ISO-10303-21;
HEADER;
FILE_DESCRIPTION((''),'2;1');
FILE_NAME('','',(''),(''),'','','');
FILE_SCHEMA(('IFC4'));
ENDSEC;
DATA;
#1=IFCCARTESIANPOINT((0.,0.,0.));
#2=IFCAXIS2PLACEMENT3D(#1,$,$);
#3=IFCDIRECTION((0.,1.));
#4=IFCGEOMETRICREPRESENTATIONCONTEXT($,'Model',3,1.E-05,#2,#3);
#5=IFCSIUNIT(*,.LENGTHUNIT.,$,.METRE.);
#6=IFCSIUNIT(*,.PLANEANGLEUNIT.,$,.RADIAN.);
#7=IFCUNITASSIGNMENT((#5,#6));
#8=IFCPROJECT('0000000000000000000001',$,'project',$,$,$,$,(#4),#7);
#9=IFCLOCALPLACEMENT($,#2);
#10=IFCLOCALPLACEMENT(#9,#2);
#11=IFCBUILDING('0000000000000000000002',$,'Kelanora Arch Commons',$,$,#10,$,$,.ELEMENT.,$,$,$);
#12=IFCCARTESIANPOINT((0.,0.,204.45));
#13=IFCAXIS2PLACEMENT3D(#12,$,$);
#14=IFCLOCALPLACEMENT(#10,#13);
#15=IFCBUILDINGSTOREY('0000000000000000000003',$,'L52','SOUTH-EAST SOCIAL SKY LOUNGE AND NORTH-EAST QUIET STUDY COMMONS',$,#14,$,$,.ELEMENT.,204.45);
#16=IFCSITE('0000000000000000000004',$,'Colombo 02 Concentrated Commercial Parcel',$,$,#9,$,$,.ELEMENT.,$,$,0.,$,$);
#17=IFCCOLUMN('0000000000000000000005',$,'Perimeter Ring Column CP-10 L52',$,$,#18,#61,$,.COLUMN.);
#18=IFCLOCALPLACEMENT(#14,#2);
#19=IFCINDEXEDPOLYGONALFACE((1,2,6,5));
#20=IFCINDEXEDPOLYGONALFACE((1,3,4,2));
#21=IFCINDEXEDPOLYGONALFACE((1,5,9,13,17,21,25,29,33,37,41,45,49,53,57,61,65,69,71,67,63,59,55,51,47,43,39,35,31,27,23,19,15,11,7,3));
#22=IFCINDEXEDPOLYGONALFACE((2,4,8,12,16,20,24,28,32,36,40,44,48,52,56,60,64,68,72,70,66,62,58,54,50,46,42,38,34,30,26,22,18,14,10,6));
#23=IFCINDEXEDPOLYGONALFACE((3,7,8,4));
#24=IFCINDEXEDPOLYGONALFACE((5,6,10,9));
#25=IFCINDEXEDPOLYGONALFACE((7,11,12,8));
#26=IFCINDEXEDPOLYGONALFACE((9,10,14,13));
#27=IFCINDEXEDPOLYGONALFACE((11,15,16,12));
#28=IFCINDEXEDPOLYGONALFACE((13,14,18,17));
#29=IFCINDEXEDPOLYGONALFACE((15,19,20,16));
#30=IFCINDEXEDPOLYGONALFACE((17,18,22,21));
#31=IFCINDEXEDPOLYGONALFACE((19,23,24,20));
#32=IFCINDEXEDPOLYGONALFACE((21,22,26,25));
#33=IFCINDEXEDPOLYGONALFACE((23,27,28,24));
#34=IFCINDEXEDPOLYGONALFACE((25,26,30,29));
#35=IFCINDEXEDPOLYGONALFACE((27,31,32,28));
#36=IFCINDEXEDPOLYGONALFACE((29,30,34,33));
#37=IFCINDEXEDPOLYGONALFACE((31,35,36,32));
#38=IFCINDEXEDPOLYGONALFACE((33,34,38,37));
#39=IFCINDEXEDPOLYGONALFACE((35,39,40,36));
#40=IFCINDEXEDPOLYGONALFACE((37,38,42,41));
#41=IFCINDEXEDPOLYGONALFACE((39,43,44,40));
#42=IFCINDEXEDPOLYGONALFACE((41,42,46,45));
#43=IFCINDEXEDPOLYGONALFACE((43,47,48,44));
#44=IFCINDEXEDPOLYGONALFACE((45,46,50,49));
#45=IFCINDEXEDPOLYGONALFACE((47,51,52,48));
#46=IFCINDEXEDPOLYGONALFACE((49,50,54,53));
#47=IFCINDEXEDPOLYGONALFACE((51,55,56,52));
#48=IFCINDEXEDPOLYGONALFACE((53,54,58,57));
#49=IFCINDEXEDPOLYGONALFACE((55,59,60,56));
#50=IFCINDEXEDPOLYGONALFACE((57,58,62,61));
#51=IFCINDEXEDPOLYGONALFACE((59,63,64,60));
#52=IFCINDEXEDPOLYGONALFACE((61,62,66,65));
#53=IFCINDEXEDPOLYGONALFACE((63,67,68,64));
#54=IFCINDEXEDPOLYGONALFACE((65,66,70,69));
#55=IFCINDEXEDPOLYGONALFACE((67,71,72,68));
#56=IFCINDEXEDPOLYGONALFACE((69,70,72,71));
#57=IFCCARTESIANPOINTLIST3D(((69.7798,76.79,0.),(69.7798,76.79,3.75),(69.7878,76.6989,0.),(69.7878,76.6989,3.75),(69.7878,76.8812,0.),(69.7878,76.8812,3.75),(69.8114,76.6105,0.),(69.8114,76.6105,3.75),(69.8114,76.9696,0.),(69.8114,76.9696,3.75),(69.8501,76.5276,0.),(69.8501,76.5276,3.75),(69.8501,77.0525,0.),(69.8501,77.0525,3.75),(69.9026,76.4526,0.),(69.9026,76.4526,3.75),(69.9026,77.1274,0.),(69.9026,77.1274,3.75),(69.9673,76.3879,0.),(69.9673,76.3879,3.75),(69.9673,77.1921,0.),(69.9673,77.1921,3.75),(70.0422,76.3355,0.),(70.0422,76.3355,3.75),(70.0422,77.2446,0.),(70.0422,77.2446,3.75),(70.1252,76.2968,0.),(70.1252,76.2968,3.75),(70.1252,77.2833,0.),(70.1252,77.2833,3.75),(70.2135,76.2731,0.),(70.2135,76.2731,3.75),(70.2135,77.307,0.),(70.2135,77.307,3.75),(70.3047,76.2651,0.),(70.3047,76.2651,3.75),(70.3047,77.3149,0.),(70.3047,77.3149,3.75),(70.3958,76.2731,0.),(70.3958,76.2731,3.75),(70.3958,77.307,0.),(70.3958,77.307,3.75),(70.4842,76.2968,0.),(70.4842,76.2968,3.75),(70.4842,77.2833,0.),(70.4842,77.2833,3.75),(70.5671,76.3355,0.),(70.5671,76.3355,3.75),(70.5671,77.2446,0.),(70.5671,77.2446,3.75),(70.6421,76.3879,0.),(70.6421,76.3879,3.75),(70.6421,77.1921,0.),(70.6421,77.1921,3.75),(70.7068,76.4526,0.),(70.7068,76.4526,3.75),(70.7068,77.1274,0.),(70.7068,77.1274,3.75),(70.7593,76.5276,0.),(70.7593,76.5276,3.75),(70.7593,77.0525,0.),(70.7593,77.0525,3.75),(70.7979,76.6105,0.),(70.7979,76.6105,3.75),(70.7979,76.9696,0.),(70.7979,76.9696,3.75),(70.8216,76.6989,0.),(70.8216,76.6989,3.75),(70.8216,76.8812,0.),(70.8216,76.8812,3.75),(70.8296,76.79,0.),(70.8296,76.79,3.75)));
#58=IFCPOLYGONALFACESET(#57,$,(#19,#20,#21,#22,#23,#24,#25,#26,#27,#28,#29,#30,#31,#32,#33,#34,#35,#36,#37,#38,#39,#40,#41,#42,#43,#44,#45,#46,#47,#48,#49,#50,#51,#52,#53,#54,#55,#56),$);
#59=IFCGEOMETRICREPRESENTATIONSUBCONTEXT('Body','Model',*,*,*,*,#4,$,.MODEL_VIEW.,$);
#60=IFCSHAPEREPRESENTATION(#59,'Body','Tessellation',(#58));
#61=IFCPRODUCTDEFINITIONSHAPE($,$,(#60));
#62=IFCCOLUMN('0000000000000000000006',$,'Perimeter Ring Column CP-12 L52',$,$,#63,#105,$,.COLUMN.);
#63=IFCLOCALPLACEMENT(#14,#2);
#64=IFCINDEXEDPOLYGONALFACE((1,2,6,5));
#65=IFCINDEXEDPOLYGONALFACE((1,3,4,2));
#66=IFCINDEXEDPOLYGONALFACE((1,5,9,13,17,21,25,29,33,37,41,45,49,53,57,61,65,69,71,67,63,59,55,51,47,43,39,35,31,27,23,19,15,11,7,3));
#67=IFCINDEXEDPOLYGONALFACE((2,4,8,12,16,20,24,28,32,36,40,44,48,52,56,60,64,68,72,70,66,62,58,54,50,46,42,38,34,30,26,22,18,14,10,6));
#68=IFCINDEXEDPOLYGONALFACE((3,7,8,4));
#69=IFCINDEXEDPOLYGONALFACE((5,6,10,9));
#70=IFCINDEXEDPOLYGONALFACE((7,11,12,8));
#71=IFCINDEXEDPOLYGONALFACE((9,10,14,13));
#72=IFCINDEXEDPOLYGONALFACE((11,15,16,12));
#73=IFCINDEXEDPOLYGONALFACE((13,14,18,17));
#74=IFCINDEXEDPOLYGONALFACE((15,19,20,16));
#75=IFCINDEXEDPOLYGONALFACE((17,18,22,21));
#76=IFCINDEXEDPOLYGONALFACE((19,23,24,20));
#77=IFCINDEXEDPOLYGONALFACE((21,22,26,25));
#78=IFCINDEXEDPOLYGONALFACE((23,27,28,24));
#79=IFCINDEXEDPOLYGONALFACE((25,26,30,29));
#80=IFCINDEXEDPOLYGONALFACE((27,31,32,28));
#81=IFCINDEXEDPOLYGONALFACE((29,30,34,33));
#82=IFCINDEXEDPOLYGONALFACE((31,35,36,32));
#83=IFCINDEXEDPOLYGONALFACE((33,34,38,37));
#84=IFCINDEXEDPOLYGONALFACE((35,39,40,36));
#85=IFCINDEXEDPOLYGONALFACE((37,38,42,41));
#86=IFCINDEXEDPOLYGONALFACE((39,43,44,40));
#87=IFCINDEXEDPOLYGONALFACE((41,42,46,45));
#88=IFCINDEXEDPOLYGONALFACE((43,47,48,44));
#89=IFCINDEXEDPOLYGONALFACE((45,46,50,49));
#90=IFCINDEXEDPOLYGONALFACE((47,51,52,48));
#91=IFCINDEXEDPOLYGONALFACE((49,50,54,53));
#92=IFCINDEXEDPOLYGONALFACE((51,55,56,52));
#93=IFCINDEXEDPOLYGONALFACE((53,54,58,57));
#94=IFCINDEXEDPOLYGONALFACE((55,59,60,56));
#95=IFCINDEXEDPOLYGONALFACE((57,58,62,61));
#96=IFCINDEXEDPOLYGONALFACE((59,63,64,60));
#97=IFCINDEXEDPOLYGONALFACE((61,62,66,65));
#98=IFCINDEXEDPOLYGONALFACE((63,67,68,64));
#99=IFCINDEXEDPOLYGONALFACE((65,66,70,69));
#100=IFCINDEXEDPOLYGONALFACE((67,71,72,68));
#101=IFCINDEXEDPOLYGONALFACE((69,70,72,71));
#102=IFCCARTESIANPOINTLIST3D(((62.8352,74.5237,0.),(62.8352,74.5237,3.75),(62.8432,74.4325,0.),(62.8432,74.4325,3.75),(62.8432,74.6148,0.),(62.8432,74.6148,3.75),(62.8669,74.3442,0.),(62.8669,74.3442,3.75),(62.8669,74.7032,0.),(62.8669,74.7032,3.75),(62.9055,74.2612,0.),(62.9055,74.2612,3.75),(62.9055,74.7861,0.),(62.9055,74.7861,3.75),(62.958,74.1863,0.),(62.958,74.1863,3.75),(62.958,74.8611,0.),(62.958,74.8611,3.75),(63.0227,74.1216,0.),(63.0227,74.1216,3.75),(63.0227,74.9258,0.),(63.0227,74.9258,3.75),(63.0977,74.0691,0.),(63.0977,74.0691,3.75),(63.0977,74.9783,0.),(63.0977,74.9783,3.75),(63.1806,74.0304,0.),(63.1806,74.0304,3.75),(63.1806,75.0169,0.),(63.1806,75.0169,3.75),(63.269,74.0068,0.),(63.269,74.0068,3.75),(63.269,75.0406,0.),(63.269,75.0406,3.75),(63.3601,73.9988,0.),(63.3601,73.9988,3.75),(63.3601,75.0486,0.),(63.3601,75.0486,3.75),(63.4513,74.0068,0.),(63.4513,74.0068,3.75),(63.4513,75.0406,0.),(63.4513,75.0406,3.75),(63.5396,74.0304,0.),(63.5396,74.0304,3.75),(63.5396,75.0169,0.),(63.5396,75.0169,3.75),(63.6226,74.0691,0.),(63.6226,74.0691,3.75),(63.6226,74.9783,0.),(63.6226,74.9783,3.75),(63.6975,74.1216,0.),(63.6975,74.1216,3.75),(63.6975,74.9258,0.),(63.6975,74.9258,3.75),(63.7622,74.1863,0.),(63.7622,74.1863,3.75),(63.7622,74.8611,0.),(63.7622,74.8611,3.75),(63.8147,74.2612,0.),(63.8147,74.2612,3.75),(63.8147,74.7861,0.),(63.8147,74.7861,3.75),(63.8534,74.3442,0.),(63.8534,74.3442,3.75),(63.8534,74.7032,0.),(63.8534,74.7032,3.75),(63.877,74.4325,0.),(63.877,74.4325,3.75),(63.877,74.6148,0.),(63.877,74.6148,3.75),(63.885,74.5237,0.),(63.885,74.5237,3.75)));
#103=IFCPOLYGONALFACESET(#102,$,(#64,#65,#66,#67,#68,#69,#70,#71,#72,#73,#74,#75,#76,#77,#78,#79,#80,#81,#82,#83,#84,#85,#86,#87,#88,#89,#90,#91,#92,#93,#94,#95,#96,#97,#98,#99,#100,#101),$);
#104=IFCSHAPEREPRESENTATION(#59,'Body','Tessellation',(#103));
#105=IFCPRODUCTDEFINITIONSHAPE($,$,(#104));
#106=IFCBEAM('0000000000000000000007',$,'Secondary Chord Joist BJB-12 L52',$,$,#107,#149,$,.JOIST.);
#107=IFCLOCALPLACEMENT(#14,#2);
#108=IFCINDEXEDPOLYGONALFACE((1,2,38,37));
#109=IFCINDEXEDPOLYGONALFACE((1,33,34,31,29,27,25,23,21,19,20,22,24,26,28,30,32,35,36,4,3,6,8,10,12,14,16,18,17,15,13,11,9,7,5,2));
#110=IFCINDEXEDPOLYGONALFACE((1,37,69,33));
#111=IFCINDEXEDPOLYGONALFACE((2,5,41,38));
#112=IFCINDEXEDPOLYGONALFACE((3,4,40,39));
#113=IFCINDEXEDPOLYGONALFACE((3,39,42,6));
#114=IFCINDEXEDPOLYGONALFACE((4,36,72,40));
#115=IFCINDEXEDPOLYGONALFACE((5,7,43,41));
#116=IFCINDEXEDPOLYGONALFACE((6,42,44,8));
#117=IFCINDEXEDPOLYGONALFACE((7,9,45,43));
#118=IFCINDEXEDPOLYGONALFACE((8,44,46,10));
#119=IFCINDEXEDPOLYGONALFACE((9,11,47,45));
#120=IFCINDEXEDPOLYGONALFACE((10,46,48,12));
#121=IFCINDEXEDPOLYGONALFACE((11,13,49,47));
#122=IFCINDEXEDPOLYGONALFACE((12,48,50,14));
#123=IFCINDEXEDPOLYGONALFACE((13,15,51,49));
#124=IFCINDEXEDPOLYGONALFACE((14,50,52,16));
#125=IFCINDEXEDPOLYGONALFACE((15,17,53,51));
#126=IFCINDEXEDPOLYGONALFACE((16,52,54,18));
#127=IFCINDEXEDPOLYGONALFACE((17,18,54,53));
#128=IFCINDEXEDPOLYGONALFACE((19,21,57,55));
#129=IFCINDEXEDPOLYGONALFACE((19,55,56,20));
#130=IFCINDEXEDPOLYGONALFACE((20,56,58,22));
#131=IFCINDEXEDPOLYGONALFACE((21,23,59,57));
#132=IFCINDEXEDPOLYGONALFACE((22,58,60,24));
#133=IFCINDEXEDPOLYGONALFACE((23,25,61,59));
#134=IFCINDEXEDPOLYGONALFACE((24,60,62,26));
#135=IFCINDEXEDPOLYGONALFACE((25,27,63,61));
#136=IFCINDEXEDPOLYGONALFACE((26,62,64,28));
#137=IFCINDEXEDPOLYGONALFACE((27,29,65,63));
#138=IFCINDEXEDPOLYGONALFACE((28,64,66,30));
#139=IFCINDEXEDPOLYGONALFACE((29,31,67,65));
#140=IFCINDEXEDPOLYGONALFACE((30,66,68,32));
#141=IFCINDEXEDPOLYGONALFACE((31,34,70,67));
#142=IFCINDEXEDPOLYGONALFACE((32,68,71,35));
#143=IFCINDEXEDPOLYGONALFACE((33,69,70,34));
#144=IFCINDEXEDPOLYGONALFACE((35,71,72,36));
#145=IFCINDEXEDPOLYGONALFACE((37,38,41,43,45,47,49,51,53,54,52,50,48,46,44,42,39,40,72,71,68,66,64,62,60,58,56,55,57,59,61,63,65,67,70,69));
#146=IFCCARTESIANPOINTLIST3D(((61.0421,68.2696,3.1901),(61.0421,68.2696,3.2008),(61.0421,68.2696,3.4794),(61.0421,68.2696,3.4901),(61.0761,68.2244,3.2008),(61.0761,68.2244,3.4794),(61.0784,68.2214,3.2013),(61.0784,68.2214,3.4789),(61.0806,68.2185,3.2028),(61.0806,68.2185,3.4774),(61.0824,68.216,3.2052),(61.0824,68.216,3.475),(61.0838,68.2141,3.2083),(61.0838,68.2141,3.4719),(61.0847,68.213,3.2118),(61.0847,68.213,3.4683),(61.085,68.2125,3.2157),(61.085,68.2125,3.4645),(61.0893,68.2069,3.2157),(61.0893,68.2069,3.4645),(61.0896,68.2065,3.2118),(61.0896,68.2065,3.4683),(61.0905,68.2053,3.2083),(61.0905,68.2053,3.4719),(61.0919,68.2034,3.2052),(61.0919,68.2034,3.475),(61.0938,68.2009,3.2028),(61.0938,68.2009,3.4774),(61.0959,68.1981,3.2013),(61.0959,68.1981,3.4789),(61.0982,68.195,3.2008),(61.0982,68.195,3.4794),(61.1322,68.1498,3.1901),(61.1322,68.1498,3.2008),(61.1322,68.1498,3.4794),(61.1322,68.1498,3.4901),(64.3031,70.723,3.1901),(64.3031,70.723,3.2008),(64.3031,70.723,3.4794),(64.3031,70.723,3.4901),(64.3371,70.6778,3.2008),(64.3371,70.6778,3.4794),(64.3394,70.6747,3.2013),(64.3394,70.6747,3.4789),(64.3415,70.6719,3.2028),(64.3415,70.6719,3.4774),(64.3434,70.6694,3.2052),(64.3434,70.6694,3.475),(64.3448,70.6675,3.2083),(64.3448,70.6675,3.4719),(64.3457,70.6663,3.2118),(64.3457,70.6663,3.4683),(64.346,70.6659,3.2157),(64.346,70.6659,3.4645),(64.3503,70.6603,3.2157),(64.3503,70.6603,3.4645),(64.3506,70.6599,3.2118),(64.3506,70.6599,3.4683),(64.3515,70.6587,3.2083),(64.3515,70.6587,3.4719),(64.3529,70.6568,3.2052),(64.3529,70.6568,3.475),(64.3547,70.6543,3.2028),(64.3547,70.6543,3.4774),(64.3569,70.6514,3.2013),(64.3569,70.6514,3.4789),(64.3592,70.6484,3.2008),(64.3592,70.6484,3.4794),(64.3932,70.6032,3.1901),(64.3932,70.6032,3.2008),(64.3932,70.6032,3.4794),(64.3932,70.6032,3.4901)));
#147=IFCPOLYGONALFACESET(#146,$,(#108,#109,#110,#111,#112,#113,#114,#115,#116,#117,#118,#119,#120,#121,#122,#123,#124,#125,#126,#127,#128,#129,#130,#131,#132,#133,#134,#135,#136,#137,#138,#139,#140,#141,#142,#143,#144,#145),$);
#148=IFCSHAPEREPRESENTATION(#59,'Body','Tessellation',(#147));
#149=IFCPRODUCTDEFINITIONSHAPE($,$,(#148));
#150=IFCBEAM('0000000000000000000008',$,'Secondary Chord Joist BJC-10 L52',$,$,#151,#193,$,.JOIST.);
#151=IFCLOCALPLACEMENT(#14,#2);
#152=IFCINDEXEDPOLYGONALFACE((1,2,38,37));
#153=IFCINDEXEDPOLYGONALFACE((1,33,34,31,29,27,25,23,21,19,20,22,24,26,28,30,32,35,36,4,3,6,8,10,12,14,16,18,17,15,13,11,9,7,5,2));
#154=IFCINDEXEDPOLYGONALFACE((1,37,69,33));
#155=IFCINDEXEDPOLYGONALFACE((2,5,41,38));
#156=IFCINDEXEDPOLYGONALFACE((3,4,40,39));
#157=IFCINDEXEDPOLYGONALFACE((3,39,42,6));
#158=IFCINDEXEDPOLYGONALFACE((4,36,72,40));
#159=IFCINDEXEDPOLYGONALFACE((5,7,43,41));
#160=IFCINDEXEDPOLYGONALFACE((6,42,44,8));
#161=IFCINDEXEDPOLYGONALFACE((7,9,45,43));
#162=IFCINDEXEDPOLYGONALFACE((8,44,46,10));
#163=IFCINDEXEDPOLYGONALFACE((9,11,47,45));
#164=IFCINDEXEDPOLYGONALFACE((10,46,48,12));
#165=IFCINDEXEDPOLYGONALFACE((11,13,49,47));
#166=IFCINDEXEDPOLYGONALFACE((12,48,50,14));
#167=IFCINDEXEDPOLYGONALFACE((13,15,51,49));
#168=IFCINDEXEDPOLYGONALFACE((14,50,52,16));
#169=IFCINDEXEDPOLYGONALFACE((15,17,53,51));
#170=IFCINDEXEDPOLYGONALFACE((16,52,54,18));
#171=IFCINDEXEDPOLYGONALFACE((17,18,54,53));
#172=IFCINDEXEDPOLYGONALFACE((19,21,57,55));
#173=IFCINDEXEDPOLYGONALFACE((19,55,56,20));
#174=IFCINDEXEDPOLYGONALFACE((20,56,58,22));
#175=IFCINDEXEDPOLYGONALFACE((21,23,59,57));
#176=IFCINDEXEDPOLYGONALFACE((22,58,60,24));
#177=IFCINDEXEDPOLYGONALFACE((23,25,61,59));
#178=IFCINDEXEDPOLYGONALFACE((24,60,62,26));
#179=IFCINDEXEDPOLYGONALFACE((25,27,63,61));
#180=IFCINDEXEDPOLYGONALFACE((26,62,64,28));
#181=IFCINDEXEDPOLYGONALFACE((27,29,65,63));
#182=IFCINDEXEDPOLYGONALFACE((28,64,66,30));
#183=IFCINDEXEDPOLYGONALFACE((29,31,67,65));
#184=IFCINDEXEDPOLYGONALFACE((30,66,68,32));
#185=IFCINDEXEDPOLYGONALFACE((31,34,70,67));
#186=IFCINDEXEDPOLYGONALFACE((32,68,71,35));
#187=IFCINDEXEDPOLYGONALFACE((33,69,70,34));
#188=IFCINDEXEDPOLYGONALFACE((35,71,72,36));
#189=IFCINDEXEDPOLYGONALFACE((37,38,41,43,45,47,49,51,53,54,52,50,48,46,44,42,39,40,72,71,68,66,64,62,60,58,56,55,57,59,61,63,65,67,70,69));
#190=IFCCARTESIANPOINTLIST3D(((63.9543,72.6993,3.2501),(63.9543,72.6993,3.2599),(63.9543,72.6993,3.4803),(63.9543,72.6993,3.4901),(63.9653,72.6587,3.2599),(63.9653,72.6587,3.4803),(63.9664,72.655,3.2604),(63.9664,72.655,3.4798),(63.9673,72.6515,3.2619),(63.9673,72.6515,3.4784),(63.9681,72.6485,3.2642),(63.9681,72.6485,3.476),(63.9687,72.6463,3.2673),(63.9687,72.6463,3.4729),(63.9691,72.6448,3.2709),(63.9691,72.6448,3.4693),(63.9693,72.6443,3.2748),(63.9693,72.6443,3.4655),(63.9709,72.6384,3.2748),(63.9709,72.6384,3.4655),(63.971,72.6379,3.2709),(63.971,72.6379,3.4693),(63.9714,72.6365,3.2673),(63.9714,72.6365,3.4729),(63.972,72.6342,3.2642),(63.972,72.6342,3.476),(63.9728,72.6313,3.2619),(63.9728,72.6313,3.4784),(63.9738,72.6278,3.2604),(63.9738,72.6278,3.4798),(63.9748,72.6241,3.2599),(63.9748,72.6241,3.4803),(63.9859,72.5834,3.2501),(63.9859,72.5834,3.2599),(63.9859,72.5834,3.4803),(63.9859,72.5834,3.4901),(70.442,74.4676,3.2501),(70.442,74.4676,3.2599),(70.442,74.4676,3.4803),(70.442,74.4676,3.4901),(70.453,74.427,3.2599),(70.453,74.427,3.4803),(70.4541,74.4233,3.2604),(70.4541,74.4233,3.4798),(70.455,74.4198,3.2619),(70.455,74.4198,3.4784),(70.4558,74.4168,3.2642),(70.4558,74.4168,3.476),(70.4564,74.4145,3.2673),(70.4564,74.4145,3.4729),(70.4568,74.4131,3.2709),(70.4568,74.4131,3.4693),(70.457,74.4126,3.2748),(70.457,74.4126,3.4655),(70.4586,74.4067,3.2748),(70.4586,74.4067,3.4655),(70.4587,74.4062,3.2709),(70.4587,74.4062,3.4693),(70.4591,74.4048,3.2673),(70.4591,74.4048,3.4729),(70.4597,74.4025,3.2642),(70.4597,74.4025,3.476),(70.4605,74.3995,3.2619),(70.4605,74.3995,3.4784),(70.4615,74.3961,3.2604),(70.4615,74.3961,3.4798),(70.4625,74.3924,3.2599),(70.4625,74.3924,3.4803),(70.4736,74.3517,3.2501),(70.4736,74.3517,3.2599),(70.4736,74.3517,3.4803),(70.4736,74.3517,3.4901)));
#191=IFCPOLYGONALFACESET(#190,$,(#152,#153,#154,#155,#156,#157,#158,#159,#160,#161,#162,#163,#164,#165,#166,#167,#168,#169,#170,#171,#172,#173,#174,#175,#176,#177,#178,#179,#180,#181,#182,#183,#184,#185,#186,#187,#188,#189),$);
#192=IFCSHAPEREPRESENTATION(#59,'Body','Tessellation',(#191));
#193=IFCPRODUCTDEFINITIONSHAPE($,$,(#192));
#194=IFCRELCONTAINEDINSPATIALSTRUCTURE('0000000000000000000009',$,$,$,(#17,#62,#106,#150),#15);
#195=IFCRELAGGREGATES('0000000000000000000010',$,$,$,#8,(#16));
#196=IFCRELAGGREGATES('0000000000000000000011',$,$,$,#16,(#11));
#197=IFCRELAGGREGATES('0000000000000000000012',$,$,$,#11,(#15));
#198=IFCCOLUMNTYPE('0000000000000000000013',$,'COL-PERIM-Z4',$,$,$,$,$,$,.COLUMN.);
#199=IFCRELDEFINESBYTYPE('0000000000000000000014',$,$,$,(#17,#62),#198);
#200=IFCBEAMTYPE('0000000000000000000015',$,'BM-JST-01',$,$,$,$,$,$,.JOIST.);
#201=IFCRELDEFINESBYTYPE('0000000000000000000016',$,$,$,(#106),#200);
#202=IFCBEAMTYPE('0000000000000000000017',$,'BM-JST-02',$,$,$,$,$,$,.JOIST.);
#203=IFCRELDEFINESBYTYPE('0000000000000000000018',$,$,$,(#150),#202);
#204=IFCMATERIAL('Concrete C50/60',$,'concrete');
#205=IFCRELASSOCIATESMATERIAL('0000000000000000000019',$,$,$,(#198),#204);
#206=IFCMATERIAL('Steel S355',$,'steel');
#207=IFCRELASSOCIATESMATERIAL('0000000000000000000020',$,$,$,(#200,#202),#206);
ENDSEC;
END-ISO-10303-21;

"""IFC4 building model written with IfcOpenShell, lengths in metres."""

from ifc_helpers import new_model, si_unit, direction, frame, origin, origin_2d, place, context, subcontext, project, spatial, circle, i_section, extrude, material, material_profile, profile_set, type_object, element, save


model = new_model("IFC4")

# Units and contexts
model_context = context("Model", 3, precision=1e-05, world=origin(), true_north=direction((0.0, 1.0)))
body_context = subcontext(model_context, "Body", "Model", "MODEL_VIEW")
ifc_project = project(units=[si_unit("LENGTHUNIT", "METRE"), si_unit("PLANEANGLEUNIT", "RADIAN")], contexts=[model_context])

# Site, building, storey
site_placement = place(None, origin())
site = spatial("IfcSite", under=ifc_project, at=site_placement, Name="Colombo 02 Concentrated Commercial Parcel", CompositionType="ELEMENT", RefElevation=0.0)
building_placement = place(site_placement, origin())
building = spatial("IfcBuilding", under=site, at=building_placement, Name="Kelanora Arch Commons", CompositionType="ELEMENT")
storey_placement = place(building_placement, frame((0.0, 0.0, 204.45)))
storey = spatial("IfcBuildingStorey", under=building, at=storey_placement, Name="L52", Description="SOUTH-EAST SOCIAL SKY LOUNGE AND NORTH-EAST QUIET STUDY COMMONS", CompositionType="ELEMENT", Elevation=204.45)

# Columns
ifc_material_1 = material(Name="Concrete C50/60", Category="concrete")
ifc_material_profile_1 = material_profile(ifc_material_1, circle(Radius=0.5249, at=origin_2d()), Name="RCC1050")
ifc_profile_set_1 = profile_set([ifc_material_profile_1], Name="Concrete C50/60")
column_type = type_object("IfcColumnType", Name="COL-PERIM-Z4", PredefinedType="COLUMN", material=ifc_profile_set_1)
for number, where, z_axis, x_axis, name in (
    (1, (70.3047, 76.79, 0.0), (0.0, 0.0, 1.0), (1.0, 0.0, 0.0), "Perimeter Ring Column CP-10 L52"),
    (2, (63.3601, 74.5237, 0.0), (0.0, 0.0, 1.0), (1.0, 0.0, 0.0), "Perimeter Ring Column CP-12 L52"),
):
    element("IfcColumn", number, at=place(storey_placement, frame(where, z_axis=z_axis, x_axis=x_axis)), inside=storey, type_object=column_type, Name=name, PredefinedType="COLUMN", context=body_context, shape_type="SweptSolid", body=[
        extrude(circle(Radius=0.5249, at=origin_2d()), origin(), (0.0, 0.0, 1.0), 3.75),
    ])

# Beams
ifc_material_2 = material(Name="Steel S355", Category="steel")
ifc_material_profile_2 = material_profile(ifc_material_2, i_section(OverallWidth=0.1499, OverallDepth=0.3, WebThickness=0.0071, FlangeThickness=0.0107, FilletRadius=0.0149, at=origin_2d()), Name="IPE300")
ifc_profile_set_2 = profile_set([ifc_material_profile_2], Name="Steel S355")
beam_type_1 = type_object("IfcBeamType", Name="BM-JST-01", PredefinedType="JOIST", material=ifc_profile_set_2)
beam_1_placement = place(storey_placement, frame((64.3481, 70.6631, 3.3401), z_axis=(-0.799102, -0.601196, 0.0), x_axis=(0.601196, -0.799102, 0.0)))
element("IfcBeam", 3, at=beam_1_placement, inside=storey, type_object=beam_type_1, Name="Secondary Chord Joist BJB-12 L52", PredefinedType="JOIST", context=body_context, shape_type="SweptSolid", body=[
    extrude(i_section(OverallWidth=0.1499, OverallDepth=0.3, WebThickness=0.0071, FlangeThickness=0.0107, FilletRadius=0.0149, at=origin_2d()), origin(), (0.0, 0.0, 1.0), 4.0808),
])
ifc_material_profile_3 = material_profile(ifc_material_2, i_section(OverallWidth=0.1201, OverallDepth=0.24, WebThickness=0.0061, FlangeThickness=0.0098, FilletRadius=0.0149, at=origin_2d()), Name="IPE240")
ifc_profile_set_3 = profile_set([ifc_material_profile_3], Name="Steel S355")
beam_type_2 = type_object("IfcBeamType", Name="BM-JST-02", PredefinedType="JOIST", material=ifc_profile_set_3)
beam_2_placement = place(storey_placement, frame((70.4578, 74.4097, 3.3701), z_axis=(-0.964805, -0.262967, 0.0), x_axis=(0.262967, -0.964805, 0.0)))
element("IfcBeam", 4, at=beam_2_placement, inside=storey, type_object=beam_type_2, Name="Secondary Chord Joist BJC-10 L52", PredefinedType="JOIST", context=body_context, shape_type="SweptSolid", body=[
    extrude(i_section(OverallWidth=0.1201, OverallDepth=0.24, WebThickness=0.0061, FlangeThickness=0.0098, FilletRadius=0.0149, at=origin_2d()), origin(), (0.0, 0.0, 1.0), 6.7244),
])

save(model, "model.ifc")
